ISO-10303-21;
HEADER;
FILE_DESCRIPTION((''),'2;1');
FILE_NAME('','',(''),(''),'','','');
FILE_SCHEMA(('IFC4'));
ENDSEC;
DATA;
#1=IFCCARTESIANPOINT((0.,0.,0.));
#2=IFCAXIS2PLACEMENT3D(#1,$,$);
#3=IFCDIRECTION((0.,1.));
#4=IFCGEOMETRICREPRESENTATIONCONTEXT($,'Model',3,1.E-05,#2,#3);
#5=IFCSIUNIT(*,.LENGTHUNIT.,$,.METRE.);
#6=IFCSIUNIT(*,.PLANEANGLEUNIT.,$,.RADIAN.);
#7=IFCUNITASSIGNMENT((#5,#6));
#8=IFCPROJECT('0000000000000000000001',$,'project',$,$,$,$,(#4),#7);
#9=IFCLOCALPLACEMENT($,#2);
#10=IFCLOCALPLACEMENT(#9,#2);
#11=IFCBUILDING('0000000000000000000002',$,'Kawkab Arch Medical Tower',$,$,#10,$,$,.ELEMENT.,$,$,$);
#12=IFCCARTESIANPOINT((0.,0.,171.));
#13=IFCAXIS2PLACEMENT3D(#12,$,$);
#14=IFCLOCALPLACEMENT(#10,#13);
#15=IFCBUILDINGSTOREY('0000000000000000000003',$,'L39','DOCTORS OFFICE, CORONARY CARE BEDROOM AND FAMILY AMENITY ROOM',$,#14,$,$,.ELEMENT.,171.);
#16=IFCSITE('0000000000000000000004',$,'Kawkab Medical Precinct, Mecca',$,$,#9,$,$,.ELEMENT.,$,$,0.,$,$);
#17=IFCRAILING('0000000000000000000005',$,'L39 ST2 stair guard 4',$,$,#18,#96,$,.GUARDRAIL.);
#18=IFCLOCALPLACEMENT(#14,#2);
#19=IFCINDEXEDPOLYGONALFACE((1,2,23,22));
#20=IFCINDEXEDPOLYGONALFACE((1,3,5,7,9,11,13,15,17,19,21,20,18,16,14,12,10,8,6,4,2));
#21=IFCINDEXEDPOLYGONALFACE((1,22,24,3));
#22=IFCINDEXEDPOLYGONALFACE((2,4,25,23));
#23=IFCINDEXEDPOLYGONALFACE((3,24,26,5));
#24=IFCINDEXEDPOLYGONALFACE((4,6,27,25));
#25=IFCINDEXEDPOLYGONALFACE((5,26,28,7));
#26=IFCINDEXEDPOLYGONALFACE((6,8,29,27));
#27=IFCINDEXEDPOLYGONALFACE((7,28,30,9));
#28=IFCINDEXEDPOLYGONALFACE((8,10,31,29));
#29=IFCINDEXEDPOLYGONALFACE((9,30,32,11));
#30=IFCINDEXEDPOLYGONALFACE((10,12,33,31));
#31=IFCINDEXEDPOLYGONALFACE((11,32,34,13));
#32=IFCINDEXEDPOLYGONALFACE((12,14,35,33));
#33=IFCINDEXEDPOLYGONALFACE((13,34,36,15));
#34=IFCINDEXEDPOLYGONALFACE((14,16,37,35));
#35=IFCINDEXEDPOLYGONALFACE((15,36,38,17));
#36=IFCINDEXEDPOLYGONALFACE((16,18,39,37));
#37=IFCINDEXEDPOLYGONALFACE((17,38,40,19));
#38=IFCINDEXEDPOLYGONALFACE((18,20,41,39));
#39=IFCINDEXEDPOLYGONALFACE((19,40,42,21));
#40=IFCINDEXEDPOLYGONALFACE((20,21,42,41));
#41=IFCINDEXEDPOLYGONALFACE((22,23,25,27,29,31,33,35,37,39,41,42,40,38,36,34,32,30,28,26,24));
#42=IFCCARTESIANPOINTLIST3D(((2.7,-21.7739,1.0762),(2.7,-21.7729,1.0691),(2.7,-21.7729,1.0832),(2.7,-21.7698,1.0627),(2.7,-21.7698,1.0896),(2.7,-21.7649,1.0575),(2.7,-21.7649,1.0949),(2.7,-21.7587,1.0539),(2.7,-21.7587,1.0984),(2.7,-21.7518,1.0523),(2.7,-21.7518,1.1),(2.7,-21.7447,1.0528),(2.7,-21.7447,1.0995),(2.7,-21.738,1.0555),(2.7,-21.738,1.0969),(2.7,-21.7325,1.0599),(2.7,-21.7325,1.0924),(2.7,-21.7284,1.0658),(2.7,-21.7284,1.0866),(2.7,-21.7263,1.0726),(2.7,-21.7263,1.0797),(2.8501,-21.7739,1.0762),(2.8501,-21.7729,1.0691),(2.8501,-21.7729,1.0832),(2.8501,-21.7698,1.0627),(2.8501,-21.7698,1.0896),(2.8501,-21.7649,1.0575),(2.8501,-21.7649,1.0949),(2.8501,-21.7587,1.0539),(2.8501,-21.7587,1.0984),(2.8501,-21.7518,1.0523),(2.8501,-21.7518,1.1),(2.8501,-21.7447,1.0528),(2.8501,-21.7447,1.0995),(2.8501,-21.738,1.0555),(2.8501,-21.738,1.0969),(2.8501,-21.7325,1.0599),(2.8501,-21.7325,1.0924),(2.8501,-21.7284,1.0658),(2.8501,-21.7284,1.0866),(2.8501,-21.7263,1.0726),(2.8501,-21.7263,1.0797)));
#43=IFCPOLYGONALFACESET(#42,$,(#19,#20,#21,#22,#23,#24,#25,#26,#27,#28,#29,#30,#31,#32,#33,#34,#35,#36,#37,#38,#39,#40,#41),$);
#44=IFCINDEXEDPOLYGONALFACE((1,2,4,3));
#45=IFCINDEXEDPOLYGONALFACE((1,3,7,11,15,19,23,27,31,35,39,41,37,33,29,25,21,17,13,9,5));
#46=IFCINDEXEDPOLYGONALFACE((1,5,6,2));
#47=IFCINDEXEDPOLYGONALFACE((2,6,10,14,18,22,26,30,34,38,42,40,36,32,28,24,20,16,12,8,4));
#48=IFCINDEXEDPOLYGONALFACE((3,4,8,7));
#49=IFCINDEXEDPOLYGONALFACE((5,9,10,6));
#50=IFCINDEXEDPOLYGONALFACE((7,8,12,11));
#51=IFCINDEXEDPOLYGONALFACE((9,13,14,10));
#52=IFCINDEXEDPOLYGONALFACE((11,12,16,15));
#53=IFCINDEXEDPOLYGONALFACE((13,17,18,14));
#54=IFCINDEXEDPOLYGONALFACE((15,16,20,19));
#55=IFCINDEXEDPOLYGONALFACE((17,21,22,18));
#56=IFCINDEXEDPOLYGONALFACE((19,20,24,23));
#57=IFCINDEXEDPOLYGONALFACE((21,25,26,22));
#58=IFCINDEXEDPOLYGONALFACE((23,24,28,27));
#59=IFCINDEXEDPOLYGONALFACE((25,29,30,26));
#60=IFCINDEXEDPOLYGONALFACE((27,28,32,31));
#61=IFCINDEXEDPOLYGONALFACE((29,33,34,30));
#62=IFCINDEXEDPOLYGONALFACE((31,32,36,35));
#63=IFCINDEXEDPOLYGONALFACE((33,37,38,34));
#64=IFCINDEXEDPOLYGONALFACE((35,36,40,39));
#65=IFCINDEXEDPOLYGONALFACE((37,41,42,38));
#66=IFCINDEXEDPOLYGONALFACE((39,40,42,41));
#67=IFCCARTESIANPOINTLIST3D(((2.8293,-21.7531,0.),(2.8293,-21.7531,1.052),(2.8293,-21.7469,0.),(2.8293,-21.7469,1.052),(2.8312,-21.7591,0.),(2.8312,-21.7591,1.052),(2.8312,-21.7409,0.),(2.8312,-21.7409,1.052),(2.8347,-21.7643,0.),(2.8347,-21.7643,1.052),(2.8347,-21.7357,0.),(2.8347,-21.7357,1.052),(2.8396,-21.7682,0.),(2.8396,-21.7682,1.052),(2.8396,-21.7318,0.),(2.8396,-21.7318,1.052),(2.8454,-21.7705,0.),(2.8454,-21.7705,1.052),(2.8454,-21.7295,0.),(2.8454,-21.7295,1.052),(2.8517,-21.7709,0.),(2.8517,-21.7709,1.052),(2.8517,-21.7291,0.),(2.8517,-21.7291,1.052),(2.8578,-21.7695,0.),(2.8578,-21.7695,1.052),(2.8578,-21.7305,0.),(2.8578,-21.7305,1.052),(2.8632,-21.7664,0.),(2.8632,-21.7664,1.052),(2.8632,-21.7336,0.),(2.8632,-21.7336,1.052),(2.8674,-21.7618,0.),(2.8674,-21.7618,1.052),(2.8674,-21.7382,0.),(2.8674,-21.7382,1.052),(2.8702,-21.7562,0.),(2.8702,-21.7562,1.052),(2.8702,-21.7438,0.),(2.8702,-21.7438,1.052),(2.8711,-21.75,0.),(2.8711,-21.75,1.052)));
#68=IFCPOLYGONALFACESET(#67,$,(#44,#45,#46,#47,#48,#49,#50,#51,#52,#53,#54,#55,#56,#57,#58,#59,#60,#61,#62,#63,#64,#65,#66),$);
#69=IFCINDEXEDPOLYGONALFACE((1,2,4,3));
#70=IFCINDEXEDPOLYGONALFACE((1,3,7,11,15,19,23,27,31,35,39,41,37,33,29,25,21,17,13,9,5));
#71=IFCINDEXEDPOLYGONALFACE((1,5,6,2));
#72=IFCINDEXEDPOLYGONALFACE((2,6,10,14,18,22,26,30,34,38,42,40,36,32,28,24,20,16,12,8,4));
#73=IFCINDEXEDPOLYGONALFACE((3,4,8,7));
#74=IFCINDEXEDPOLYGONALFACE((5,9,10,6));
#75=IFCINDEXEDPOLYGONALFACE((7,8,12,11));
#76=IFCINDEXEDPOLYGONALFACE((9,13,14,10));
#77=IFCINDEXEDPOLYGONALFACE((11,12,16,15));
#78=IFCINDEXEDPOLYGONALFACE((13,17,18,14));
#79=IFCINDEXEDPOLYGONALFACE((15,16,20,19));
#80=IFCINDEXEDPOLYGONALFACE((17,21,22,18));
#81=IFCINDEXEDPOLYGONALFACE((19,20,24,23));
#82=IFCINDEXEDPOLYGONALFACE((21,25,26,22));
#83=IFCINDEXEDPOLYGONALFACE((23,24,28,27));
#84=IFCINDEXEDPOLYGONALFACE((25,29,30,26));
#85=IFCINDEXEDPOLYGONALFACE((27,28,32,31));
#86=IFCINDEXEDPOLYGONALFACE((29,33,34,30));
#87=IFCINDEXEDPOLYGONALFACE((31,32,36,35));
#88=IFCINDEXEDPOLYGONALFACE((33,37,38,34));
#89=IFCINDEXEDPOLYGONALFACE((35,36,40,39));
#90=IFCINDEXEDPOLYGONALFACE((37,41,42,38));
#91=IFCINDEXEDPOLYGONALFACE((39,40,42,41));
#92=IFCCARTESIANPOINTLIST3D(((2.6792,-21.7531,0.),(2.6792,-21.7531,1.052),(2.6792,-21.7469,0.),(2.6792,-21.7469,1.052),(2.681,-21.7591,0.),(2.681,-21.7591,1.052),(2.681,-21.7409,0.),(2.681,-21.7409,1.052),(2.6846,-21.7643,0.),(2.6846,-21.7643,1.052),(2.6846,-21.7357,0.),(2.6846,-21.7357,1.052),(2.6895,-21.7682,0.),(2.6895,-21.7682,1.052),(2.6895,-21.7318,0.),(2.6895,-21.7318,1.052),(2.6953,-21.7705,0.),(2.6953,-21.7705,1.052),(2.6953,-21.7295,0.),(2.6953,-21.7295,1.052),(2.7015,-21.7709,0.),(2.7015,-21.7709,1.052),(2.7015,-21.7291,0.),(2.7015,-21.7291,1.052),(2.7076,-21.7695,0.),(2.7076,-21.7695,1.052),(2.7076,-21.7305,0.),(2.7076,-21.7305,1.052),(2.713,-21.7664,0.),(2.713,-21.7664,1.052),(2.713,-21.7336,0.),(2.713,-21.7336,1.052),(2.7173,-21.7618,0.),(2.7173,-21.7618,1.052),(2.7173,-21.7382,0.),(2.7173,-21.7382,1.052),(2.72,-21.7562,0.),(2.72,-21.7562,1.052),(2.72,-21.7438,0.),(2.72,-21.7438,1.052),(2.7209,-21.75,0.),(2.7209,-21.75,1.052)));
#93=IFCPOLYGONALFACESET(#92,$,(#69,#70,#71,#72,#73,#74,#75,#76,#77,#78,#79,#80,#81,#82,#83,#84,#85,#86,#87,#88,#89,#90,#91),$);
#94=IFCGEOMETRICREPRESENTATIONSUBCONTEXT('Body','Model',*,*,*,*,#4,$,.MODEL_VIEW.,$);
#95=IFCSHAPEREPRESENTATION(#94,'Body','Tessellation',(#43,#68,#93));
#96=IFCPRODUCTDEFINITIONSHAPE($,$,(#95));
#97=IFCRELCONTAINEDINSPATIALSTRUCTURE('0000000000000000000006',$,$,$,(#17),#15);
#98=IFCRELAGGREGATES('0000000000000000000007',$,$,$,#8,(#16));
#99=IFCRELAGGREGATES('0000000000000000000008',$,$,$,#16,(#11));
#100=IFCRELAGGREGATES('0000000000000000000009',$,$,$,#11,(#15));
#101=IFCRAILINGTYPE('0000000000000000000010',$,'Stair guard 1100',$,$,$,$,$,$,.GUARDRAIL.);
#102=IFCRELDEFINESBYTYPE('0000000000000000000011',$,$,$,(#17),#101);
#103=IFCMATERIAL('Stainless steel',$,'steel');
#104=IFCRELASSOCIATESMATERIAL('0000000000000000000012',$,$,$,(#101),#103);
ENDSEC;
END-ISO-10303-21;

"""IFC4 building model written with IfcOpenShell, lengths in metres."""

from ifc_helpers import new_model, si_unit, direction, frame, origin, origin_2d, place, context, subcontext, project, spatial, circle, extrude, material, type_object, element, save


model = new_model("IFC4")

# Units and contexts
model_context = context("Model", 3, precision=1e-05, world=origin(), true_north=direction((0.0, 1.0)))
body_context = subcontext(model_context, "Body", "Model", "MODEL_VIEW")
ifc_project = project(units=[si_unit("LENGTHUNIT", "METRE"), si_unit("PLANEANGLEUNIT", "RADIAN")], contexts=[model_context])

# Site, building, storey
site_placement = place(None, origin())
site = spatial("IfcSite", under=ifc_project, at=site_placement, Name="Kawkab Medical Precinct, Mecca", CompositionType="ELEMENT", RefElevation=0.0)
building_placement = place(site_placement, origin())
building = spatial("IfcBuilding", under=site, at=building_placement, Name="Kawkab Arch Medical Tower", CompositionType="ELEMENT")
storey_placement = place(building_placement, frame((0.0, 0.0, 171.0)))
storey = spatial("IfcBuildingStorey", under=building, at=storey_placement, Name="L39", Description="DOCTORS OFFICE, CORONARY CARE BEDROOM AND FAMILY AMENITY ROOM", CompositionType="ELEMENT", Elevation=171.0)

# Railing
ifc_material_1 = material(Name="Stainless steel", Category="steel")
railing_type = type_object("IfcRailingType", Name="Stair guard 1100", PredefinedType="GUARDRAIL", material=ifc_material_1)
railing_1_placement = place(storey_placement, frame((2.8501, -21.75, 0.0)))
element("IfcRailing", 1, at=railing_1_placement, inside=storey, type_object=railing_type, Name="L39 ST2 stair guard 4", PredefinedType="GUARDRAIL", context=body_context, shape_type="SweptSolid", body=[
    extrude(circle(Radius=0.0239, at=origin_2d()), frame((0.0, 0.0, 1.0762), z_axis=(-1.0, 0.0, 0.0), x_axis=(0.0, -1.0, 0.0)), (0.0, 0.0, 1.0), 0.1501),
    extrude(circle(Radius=0.021, at=origin_2d()), origin(), (0.0, 0.0, 1.0), 1.052),
    extrude(circle(Radius=0.021, at=origin_2d()), frame((-0.1501, 0.0, 0.0)), (0.0, 0.0, 1.0), 1.052),
])

save(model, "model.ifc")
